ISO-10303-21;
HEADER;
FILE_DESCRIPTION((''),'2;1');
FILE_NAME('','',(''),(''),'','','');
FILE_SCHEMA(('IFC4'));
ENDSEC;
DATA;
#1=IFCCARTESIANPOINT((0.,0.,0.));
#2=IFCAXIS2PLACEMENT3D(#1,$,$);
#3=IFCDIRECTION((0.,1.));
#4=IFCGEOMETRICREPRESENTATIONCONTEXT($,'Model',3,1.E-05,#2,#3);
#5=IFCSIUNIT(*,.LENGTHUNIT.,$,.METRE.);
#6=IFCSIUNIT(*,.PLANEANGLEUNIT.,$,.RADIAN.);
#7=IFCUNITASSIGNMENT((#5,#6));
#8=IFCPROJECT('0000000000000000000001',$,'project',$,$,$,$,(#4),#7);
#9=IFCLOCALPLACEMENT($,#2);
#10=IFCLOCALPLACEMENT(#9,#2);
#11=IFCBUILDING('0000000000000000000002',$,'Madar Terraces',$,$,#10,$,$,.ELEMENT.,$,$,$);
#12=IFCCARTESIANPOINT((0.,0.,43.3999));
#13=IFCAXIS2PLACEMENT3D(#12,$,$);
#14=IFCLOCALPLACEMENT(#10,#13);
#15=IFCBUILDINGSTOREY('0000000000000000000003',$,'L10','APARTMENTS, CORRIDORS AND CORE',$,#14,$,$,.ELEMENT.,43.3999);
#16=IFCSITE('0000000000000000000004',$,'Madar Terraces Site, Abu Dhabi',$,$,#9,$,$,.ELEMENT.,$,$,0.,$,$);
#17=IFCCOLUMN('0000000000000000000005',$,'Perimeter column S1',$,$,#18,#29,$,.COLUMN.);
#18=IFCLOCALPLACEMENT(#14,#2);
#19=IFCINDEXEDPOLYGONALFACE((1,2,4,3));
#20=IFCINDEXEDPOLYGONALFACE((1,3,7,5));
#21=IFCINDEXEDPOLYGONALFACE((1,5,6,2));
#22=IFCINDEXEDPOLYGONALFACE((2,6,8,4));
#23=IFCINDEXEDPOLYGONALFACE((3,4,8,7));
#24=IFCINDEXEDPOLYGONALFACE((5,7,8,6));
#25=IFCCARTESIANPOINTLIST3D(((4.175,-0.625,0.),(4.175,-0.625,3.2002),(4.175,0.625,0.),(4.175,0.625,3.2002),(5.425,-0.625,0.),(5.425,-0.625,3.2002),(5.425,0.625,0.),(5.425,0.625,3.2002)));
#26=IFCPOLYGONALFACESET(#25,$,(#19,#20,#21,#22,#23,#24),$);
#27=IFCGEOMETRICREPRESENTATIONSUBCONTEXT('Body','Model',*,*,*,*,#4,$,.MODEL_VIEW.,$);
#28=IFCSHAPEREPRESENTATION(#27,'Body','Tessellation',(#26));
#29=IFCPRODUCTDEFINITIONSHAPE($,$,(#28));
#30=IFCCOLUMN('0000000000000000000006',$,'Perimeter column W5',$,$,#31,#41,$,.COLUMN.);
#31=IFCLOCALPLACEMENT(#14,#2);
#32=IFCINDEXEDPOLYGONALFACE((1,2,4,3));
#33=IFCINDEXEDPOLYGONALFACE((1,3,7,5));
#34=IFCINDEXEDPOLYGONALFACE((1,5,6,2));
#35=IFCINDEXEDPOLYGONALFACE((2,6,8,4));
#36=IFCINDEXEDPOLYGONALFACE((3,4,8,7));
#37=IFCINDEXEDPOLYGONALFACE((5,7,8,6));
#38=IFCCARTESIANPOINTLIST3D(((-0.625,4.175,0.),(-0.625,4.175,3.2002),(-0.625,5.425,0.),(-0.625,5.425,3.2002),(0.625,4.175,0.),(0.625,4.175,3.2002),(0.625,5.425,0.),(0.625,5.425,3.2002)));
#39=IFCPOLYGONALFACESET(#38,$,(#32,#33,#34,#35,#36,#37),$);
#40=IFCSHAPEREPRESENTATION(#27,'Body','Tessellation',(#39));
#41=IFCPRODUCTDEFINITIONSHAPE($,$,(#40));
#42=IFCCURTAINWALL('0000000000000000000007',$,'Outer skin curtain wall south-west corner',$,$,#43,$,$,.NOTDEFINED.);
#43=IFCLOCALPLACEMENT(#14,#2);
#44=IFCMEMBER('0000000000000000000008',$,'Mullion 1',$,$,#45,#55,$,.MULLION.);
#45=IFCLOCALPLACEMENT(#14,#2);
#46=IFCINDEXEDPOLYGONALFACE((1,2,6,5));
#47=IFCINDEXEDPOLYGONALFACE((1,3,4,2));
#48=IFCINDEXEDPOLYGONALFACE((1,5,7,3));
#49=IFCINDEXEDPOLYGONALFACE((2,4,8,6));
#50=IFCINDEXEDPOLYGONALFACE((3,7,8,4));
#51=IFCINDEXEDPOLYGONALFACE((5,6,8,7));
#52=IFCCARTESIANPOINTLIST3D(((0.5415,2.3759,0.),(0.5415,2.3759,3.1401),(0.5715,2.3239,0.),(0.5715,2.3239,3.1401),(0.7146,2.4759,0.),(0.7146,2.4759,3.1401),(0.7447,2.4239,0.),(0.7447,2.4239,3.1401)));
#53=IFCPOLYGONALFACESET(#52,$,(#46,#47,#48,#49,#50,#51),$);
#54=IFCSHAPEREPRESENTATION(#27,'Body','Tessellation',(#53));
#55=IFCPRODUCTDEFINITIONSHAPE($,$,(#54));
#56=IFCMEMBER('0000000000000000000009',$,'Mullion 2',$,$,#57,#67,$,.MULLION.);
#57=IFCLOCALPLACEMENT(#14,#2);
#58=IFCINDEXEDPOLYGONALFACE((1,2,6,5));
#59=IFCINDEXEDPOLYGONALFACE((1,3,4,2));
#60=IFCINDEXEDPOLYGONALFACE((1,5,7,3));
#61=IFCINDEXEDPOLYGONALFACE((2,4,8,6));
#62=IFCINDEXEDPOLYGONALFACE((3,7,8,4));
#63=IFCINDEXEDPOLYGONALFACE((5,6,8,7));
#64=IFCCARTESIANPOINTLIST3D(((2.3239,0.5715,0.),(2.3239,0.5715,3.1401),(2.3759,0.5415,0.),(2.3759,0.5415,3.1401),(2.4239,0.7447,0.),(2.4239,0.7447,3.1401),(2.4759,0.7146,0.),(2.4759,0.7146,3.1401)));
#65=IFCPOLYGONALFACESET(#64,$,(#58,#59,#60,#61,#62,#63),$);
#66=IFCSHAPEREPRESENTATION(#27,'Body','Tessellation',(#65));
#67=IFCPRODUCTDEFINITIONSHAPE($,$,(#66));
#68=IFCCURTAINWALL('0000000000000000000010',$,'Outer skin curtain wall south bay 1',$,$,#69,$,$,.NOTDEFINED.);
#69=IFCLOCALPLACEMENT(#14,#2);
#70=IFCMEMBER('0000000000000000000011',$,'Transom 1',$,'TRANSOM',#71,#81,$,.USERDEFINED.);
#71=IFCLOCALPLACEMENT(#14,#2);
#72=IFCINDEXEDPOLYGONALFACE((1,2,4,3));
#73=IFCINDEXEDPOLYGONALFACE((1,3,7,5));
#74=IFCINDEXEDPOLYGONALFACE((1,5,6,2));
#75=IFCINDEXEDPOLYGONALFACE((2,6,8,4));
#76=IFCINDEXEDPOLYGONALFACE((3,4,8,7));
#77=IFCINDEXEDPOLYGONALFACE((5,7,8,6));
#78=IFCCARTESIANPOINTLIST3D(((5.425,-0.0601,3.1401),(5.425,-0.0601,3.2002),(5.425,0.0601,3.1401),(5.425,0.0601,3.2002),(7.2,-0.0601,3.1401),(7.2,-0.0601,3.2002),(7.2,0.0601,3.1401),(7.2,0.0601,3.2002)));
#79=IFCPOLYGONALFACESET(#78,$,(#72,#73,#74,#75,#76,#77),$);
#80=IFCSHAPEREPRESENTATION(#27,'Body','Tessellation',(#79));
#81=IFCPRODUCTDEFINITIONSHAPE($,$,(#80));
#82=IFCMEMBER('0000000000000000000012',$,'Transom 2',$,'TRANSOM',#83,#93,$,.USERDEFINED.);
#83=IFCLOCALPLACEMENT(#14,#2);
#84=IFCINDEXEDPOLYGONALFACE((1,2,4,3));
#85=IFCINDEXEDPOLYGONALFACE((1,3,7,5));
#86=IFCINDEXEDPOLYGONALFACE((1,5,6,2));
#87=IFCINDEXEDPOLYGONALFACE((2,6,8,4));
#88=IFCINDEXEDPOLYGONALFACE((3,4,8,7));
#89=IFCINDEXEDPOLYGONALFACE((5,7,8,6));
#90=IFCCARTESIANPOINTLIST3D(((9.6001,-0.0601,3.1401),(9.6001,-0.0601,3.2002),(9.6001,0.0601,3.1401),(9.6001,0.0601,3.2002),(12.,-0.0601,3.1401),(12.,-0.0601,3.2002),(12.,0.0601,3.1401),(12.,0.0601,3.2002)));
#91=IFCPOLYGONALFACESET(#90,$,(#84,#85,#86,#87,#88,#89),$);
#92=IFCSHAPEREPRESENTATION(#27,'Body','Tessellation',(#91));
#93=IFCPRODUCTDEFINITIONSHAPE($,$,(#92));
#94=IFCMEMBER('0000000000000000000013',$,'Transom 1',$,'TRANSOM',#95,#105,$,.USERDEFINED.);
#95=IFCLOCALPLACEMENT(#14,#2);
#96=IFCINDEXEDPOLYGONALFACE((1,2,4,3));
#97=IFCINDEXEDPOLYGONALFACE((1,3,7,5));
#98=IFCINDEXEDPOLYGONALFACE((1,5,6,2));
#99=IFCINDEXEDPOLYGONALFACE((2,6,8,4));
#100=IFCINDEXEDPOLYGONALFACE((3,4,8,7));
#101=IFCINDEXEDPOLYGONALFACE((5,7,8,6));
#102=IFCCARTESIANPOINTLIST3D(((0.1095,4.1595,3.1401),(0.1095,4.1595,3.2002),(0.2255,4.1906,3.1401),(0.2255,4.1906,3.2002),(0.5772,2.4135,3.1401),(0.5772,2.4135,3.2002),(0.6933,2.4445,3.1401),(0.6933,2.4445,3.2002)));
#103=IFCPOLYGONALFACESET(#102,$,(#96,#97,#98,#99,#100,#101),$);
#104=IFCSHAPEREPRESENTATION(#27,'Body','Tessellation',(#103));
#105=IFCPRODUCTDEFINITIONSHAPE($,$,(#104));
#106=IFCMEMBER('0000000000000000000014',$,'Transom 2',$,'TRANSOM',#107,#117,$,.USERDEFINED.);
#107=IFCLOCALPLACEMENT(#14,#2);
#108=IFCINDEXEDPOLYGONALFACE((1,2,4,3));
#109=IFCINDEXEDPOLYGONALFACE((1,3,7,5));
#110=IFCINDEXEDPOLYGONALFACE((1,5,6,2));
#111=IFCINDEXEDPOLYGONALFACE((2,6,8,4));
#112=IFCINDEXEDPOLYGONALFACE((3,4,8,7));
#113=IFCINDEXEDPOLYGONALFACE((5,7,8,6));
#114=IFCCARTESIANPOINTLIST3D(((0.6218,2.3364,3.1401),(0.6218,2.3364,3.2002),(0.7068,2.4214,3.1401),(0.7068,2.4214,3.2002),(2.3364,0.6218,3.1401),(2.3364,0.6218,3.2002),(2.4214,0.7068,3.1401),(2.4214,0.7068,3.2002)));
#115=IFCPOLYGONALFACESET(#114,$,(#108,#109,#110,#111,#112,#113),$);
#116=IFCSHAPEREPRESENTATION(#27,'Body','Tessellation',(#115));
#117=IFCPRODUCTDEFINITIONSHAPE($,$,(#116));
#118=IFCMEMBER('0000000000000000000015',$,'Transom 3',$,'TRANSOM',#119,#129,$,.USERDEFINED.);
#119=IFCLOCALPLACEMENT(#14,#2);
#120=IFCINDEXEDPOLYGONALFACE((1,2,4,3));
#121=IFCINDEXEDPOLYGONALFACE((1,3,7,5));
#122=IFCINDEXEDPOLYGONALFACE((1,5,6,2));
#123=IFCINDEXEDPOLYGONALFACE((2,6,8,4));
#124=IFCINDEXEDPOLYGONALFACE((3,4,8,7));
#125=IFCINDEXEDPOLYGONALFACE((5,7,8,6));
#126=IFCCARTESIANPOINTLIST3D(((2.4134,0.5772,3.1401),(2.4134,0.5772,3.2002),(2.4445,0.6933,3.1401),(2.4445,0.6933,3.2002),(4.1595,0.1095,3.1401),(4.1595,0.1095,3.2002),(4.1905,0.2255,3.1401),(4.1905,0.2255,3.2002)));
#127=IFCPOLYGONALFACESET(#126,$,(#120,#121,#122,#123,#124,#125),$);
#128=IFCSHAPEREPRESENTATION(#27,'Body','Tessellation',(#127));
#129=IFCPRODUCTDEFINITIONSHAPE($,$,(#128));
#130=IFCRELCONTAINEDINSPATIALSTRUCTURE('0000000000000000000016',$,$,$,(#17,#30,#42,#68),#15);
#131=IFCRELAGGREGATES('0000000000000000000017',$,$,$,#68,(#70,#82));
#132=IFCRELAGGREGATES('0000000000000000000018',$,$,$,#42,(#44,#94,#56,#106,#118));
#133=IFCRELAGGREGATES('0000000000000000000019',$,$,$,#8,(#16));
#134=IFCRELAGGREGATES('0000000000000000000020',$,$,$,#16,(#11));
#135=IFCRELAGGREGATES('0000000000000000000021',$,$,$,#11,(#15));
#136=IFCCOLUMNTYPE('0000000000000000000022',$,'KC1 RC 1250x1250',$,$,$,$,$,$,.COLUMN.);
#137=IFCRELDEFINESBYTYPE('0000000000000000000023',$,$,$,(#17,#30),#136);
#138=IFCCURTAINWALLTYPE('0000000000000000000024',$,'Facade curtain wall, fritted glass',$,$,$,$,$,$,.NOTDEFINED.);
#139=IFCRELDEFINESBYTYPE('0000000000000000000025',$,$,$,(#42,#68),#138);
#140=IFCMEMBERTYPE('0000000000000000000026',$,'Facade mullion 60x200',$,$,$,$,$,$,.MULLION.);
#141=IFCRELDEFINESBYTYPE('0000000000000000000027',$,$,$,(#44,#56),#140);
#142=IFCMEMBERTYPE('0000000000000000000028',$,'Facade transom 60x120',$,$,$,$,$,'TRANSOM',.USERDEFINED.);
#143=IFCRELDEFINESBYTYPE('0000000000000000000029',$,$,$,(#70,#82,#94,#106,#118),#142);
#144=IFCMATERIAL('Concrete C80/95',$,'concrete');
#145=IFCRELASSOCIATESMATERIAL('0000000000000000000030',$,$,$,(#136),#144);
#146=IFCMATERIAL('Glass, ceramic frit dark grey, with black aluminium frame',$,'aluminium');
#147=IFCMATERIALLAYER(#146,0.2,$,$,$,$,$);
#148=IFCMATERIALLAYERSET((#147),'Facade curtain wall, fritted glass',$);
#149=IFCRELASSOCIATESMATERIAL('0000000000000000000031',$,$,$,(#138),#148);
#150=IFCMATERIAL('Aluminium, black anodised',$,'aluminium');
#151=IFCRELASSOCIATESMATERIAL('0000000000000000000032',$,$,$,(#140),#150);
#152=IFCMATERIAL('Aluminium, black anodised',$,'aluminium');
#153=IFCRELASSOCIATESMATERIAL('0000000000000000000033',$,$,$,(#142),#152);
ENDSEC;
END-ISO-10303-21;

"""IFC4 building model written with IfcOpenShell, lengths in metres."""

from ifc_helpers import new_model, si_unit, direction, frame, origin, origin_2d, place, context, subcontext, project, spatial, rectangle, extrude, material, layer, layer_set, material_profile, profile_set, type_object, element, aggregate, save


model = new_model("IFC4")

# Units and contexts
model_context = context("Model", 3, precision=1e-05, world=origin(), true_north=direction((0.0, 1.0)))
body_context = subcontext(model_context, "Body", "Model", "MODEL_VIEW")
ifc_project = project(units=[si_unit("LENGTHUNIT", "METRE"), si_unit("PLANEANGLEUNIT", "RADIAN")], contexts=[model_context])

# Site, building, storey
site_placement = place(None, origin())
site = spatial("IfcSite", under=ifc_project, at=site_placement, Name="Madar Terraces Site, Abu Dhabi", CompositionType="ELEMENT", RefElevation=0.0)
building_placement = place(site_placement, origin())
building = spatial("IfcBuilding", under=site, at=building_placement, Name="Madar Terraces", CompositionType="ELEMENT")
storey_placement = place(building_placement, frame((0.0, 0.0, 43.3999)))
storey = spatial("IfcBuildingStorey", under=building, at=storey_placement, Name="L10", Description="APARTMENTS, CORRIDORS AND CORE", CompositionType="ELEMENT", Elevation=43.3999)

# Columns
ifc_material_1 = material(Name="Concrete C80/95", Category="concrete")
ifc_material_profile_1 = material_profile(ifc_material_1, rectangle(XDim=1.25, YDim=1.25, at=origin_2d()), Name="KC1 RC 1250x1250")
ifc_profile_set_1 = profile_set([ifc_material_profile_1], Name="Concrete C80/95")
column_type = type_object("IfcColumnType", Name="KC1 RC 1250x1250", PredefinedType="COLUMN", material=ifc_profile_set_1)
for number, where, z_axis, x_axis, name in (
    (1, (4.8, 0.0, 0.0), (0.0, 0.0, 1.0), (1.0, 0.0, 0.0), "Perimeter column S1"),
    (2, (0.0, 4.8, 0.0), (0.0, 0.0, 1.0), (1.0, 0.0, 0.0), "Perimeter column W5"),
):
    element("IfcColumn", number, at=place(storey_placement, frame(where, z_axis=z_axis, x_axis=x_axis)), inside=storey, type_object=column_type, Name=name, PredefinedType="COLUMN", context=body_context, shape_type="SweptSolid", body=[
        extrude(rectangle(XDim=1.25, YDim=1.25, at=origin_2d()), origin(), (0.0, 0.0, 1.0), 3.2002),
    ])

# Curtain walls, members
ifc_material_2 = material(Name="Glass, ceramic frit dark grey, with black aluminium frame", Category="aluminium")
ifc_layer_1 = layer(ifc_material_2, 0.2)
ifc_layer_set_1 = layer_set([ifc_layer_1], Name="Facade curtain wall, fritted glass")
curtain_wall_type = type_object("IfcCurtainWallType", Name="Facade curtain wall, fritted glass", PredefinedType="NOTDEFINED", material=ifc_layer_set_1)
curtain_wall_1_placement = place(storey_placement, origin())
curtain_wall_1 = element("IfcCurtainWall", 3, at=curtain_wall_1_placement, inside=storey, type_object=curtain_wall_type, Name="Outer skin curtain wall south-west corner", PredefinedType="NOTDEFINED")
ifc_material_3 = material(Name="Aluminium, black anodised", Category="aluminium")
ifc_material_profile_2 = material_profile(ifc_material_3, rectangle(XDim=0.2, YDim=0.0601, at=origin_2d()), Name="Facade mullion 60x200")
ifc_profile_set_2 = profile_set([ifc_material_profile_2], Name="Aluminium, black anodised")
member_type_1 = type_object("IfcMemberType", Name="Facade mullion 60x200", PredefinedType="MULLION", material=ifc_profile_set_2)
member_1_placement = place(storey_placement, frame((0.6431, 2.3999, 0.0), z_axis=(0.0, 0.0, 1.0), x_axis=(0.866025, 0.5, 0.0)))
member_1 = element("IfcMember", 4, at=member_1_placement, type_object=member_type_1, Name="Mullion 1", PredefinedType="MULLION", context=body_context, shape_type="SweptSolid", body=[
    extrude(rectangle(XDim=0.2, YDim=0.0601, at=origin_2d()), origin(), (0.0, 0.0, 1.0), 3.1401),
])
member_2_placement = place(storey_placement, frame((2.3999, 0.6431, 0.0), z_axis=(0.0, 0.0, 1.0), x_axis=(0.5, 0.866025, 0.0)))
member_2 = element("IfcMember", 5, at=member_2_placement, type_object=member_type_1, Name="Mullion 2", PredefinedType="MULLION", context=body_context, shape_type="SweptSolid", body=[
    extrude(rectangle(XDim=0.2, YDim=0.0601, at=origin_2d()), origin(), (0.0, 0.0, 1.0), 3.1401),
])
curtain_wall_2_placement = place(storey_placement, origin())
curtain_wall_2 = element("IfcCurtainWall", 6, at=curtain_wall_2_placement, inside=storey, type_object=curtain_wall_type, Name="Outer skin curtain wall south bay 1", PredefinedType="NOTDEFINED")
ifc_material_4 = material(Name="Aluminium, black anodised", Category="aluminium")
ifc_material_profile_3 = material_profile(ifc_material_4, rectangle(XDim=0.1201, YDim=0.0601, at=origin_2d()), Name="Facade transom 60x120")
ifc_profile_set_3 = profile_set([ifc_material_profile_3], Name="Aluminium, black anodised")
member_type_2 = type_object("IfcMemberType", Name="Facade transom 60x120", ElementType="TRANSOM", PredefinedType="USERDEFINED", material=ifc_profile_set_3)
member_3_placement = place(storey_placement, frame((5.425, 0.0, 3.1702), z_axis=(1.0, 0.0, 0.0), x_axis=(0.0, 1.0, 0.0)))
member_3 = element("IfcMember", 7, at=member_3_placement, type_object=member_type_2, Name="Transom 1", ObjectType="TRANSOM", PredefinedType="USERDEFINED", context=body_context, shape_type="SweptSolid", body=[
    extrude(rectangle(XDim=0.1201, YDim=0.0601, at=origin_2d()), origin(), (0.0, 0.0, 1.0), 1.7749),
])
member_4_placement = place(storey_placement, frame((9.6001, 0.0, 3.1702), z_axis=(1.0, 0.0, 0.0), x_axis=(0.0, 1.0, 0.0)))
member_4 = element("IfcMember", 8, at=member_4_placement, type_object=member_type_2, Name="Transom 2", ObjectType="TRANSOM", PredefinedType="USERDEFINED", context=body_context, shape_type="SweptSolid", body=[
    extrude(rectangle(XDim=0.1201, YDim=0.0601, at=origin_2d()), origin(), (0.0, 0.0, 1.0), 2.3999),
])

# Members
member_5_placement = place(storey_placement, frame((0.1675, 4.175, 3.1702), z_axis=(0.258772, -0.965938, 0.0), x_axis=(0.965938, 0.258772, 0.0)))
member_5 = element("IfcMember", 9, at=member_5_placement, type_object=member_type_2, Name="Transom 1", ObjectType="TRANSOM", PredefinedType="USERDEFINED", context=body_context, shape_type="SweptSolid", body=[
    extrude(rectangle(XDim=0.1201, YDim=0.0601, at=origin_2d()), origin(), (0.0, 0.0, 1.0), 1.8076),
])
member_6_placement = place(storey_placement, frame((0.6643, 2.3789, 3.1702), z_axis=(0.707107, -0.707107, 0.0), x_axis=(0.707107, 0.707107, 0.0)))
member_6 = element("IfcMember", 10, at=member_6_placement, type_object=member_type_2, Name="Transom 2", ObjectType="TRANSOM", PredefinedType="USERDEFINED", context=body_context, shape_type="SweptSolid", body=[
    extrude(rectangle(XDim=0.1201, YDim=0.0601, at=origin_2d()), origin(), (0.0, 0.0, 1.0), 2.4248),
])
member_7_placement = place(storey_placement, frame((2.429, 0.6353, 3.1702), z_axis=(0.965938, -0.258772, 0.0), x_axis=(0.258772, 0.965938, 0.0)))
member_7 = element("IfcMember", 11, at=member_7_placement, type_object=member_type_2, Name="Transom 3", ObjectType="TRANSOM", PredefinedType="USERDEFINED", context=body_context, shape_type="SweptSolid", body=[
    extrude(rectangle(XDim=0.1201, YDim=0.0601, at=origin_2d()), origin(), (0.0, 0.0, 1.0), 1.8076),
])

aggregate(curtain_wall_2, [member_3, member_4])
aggregate(curtain_wall_1, [member_1, member_5, member_2, member_6, member_7])

save(model, "model.ifc")
